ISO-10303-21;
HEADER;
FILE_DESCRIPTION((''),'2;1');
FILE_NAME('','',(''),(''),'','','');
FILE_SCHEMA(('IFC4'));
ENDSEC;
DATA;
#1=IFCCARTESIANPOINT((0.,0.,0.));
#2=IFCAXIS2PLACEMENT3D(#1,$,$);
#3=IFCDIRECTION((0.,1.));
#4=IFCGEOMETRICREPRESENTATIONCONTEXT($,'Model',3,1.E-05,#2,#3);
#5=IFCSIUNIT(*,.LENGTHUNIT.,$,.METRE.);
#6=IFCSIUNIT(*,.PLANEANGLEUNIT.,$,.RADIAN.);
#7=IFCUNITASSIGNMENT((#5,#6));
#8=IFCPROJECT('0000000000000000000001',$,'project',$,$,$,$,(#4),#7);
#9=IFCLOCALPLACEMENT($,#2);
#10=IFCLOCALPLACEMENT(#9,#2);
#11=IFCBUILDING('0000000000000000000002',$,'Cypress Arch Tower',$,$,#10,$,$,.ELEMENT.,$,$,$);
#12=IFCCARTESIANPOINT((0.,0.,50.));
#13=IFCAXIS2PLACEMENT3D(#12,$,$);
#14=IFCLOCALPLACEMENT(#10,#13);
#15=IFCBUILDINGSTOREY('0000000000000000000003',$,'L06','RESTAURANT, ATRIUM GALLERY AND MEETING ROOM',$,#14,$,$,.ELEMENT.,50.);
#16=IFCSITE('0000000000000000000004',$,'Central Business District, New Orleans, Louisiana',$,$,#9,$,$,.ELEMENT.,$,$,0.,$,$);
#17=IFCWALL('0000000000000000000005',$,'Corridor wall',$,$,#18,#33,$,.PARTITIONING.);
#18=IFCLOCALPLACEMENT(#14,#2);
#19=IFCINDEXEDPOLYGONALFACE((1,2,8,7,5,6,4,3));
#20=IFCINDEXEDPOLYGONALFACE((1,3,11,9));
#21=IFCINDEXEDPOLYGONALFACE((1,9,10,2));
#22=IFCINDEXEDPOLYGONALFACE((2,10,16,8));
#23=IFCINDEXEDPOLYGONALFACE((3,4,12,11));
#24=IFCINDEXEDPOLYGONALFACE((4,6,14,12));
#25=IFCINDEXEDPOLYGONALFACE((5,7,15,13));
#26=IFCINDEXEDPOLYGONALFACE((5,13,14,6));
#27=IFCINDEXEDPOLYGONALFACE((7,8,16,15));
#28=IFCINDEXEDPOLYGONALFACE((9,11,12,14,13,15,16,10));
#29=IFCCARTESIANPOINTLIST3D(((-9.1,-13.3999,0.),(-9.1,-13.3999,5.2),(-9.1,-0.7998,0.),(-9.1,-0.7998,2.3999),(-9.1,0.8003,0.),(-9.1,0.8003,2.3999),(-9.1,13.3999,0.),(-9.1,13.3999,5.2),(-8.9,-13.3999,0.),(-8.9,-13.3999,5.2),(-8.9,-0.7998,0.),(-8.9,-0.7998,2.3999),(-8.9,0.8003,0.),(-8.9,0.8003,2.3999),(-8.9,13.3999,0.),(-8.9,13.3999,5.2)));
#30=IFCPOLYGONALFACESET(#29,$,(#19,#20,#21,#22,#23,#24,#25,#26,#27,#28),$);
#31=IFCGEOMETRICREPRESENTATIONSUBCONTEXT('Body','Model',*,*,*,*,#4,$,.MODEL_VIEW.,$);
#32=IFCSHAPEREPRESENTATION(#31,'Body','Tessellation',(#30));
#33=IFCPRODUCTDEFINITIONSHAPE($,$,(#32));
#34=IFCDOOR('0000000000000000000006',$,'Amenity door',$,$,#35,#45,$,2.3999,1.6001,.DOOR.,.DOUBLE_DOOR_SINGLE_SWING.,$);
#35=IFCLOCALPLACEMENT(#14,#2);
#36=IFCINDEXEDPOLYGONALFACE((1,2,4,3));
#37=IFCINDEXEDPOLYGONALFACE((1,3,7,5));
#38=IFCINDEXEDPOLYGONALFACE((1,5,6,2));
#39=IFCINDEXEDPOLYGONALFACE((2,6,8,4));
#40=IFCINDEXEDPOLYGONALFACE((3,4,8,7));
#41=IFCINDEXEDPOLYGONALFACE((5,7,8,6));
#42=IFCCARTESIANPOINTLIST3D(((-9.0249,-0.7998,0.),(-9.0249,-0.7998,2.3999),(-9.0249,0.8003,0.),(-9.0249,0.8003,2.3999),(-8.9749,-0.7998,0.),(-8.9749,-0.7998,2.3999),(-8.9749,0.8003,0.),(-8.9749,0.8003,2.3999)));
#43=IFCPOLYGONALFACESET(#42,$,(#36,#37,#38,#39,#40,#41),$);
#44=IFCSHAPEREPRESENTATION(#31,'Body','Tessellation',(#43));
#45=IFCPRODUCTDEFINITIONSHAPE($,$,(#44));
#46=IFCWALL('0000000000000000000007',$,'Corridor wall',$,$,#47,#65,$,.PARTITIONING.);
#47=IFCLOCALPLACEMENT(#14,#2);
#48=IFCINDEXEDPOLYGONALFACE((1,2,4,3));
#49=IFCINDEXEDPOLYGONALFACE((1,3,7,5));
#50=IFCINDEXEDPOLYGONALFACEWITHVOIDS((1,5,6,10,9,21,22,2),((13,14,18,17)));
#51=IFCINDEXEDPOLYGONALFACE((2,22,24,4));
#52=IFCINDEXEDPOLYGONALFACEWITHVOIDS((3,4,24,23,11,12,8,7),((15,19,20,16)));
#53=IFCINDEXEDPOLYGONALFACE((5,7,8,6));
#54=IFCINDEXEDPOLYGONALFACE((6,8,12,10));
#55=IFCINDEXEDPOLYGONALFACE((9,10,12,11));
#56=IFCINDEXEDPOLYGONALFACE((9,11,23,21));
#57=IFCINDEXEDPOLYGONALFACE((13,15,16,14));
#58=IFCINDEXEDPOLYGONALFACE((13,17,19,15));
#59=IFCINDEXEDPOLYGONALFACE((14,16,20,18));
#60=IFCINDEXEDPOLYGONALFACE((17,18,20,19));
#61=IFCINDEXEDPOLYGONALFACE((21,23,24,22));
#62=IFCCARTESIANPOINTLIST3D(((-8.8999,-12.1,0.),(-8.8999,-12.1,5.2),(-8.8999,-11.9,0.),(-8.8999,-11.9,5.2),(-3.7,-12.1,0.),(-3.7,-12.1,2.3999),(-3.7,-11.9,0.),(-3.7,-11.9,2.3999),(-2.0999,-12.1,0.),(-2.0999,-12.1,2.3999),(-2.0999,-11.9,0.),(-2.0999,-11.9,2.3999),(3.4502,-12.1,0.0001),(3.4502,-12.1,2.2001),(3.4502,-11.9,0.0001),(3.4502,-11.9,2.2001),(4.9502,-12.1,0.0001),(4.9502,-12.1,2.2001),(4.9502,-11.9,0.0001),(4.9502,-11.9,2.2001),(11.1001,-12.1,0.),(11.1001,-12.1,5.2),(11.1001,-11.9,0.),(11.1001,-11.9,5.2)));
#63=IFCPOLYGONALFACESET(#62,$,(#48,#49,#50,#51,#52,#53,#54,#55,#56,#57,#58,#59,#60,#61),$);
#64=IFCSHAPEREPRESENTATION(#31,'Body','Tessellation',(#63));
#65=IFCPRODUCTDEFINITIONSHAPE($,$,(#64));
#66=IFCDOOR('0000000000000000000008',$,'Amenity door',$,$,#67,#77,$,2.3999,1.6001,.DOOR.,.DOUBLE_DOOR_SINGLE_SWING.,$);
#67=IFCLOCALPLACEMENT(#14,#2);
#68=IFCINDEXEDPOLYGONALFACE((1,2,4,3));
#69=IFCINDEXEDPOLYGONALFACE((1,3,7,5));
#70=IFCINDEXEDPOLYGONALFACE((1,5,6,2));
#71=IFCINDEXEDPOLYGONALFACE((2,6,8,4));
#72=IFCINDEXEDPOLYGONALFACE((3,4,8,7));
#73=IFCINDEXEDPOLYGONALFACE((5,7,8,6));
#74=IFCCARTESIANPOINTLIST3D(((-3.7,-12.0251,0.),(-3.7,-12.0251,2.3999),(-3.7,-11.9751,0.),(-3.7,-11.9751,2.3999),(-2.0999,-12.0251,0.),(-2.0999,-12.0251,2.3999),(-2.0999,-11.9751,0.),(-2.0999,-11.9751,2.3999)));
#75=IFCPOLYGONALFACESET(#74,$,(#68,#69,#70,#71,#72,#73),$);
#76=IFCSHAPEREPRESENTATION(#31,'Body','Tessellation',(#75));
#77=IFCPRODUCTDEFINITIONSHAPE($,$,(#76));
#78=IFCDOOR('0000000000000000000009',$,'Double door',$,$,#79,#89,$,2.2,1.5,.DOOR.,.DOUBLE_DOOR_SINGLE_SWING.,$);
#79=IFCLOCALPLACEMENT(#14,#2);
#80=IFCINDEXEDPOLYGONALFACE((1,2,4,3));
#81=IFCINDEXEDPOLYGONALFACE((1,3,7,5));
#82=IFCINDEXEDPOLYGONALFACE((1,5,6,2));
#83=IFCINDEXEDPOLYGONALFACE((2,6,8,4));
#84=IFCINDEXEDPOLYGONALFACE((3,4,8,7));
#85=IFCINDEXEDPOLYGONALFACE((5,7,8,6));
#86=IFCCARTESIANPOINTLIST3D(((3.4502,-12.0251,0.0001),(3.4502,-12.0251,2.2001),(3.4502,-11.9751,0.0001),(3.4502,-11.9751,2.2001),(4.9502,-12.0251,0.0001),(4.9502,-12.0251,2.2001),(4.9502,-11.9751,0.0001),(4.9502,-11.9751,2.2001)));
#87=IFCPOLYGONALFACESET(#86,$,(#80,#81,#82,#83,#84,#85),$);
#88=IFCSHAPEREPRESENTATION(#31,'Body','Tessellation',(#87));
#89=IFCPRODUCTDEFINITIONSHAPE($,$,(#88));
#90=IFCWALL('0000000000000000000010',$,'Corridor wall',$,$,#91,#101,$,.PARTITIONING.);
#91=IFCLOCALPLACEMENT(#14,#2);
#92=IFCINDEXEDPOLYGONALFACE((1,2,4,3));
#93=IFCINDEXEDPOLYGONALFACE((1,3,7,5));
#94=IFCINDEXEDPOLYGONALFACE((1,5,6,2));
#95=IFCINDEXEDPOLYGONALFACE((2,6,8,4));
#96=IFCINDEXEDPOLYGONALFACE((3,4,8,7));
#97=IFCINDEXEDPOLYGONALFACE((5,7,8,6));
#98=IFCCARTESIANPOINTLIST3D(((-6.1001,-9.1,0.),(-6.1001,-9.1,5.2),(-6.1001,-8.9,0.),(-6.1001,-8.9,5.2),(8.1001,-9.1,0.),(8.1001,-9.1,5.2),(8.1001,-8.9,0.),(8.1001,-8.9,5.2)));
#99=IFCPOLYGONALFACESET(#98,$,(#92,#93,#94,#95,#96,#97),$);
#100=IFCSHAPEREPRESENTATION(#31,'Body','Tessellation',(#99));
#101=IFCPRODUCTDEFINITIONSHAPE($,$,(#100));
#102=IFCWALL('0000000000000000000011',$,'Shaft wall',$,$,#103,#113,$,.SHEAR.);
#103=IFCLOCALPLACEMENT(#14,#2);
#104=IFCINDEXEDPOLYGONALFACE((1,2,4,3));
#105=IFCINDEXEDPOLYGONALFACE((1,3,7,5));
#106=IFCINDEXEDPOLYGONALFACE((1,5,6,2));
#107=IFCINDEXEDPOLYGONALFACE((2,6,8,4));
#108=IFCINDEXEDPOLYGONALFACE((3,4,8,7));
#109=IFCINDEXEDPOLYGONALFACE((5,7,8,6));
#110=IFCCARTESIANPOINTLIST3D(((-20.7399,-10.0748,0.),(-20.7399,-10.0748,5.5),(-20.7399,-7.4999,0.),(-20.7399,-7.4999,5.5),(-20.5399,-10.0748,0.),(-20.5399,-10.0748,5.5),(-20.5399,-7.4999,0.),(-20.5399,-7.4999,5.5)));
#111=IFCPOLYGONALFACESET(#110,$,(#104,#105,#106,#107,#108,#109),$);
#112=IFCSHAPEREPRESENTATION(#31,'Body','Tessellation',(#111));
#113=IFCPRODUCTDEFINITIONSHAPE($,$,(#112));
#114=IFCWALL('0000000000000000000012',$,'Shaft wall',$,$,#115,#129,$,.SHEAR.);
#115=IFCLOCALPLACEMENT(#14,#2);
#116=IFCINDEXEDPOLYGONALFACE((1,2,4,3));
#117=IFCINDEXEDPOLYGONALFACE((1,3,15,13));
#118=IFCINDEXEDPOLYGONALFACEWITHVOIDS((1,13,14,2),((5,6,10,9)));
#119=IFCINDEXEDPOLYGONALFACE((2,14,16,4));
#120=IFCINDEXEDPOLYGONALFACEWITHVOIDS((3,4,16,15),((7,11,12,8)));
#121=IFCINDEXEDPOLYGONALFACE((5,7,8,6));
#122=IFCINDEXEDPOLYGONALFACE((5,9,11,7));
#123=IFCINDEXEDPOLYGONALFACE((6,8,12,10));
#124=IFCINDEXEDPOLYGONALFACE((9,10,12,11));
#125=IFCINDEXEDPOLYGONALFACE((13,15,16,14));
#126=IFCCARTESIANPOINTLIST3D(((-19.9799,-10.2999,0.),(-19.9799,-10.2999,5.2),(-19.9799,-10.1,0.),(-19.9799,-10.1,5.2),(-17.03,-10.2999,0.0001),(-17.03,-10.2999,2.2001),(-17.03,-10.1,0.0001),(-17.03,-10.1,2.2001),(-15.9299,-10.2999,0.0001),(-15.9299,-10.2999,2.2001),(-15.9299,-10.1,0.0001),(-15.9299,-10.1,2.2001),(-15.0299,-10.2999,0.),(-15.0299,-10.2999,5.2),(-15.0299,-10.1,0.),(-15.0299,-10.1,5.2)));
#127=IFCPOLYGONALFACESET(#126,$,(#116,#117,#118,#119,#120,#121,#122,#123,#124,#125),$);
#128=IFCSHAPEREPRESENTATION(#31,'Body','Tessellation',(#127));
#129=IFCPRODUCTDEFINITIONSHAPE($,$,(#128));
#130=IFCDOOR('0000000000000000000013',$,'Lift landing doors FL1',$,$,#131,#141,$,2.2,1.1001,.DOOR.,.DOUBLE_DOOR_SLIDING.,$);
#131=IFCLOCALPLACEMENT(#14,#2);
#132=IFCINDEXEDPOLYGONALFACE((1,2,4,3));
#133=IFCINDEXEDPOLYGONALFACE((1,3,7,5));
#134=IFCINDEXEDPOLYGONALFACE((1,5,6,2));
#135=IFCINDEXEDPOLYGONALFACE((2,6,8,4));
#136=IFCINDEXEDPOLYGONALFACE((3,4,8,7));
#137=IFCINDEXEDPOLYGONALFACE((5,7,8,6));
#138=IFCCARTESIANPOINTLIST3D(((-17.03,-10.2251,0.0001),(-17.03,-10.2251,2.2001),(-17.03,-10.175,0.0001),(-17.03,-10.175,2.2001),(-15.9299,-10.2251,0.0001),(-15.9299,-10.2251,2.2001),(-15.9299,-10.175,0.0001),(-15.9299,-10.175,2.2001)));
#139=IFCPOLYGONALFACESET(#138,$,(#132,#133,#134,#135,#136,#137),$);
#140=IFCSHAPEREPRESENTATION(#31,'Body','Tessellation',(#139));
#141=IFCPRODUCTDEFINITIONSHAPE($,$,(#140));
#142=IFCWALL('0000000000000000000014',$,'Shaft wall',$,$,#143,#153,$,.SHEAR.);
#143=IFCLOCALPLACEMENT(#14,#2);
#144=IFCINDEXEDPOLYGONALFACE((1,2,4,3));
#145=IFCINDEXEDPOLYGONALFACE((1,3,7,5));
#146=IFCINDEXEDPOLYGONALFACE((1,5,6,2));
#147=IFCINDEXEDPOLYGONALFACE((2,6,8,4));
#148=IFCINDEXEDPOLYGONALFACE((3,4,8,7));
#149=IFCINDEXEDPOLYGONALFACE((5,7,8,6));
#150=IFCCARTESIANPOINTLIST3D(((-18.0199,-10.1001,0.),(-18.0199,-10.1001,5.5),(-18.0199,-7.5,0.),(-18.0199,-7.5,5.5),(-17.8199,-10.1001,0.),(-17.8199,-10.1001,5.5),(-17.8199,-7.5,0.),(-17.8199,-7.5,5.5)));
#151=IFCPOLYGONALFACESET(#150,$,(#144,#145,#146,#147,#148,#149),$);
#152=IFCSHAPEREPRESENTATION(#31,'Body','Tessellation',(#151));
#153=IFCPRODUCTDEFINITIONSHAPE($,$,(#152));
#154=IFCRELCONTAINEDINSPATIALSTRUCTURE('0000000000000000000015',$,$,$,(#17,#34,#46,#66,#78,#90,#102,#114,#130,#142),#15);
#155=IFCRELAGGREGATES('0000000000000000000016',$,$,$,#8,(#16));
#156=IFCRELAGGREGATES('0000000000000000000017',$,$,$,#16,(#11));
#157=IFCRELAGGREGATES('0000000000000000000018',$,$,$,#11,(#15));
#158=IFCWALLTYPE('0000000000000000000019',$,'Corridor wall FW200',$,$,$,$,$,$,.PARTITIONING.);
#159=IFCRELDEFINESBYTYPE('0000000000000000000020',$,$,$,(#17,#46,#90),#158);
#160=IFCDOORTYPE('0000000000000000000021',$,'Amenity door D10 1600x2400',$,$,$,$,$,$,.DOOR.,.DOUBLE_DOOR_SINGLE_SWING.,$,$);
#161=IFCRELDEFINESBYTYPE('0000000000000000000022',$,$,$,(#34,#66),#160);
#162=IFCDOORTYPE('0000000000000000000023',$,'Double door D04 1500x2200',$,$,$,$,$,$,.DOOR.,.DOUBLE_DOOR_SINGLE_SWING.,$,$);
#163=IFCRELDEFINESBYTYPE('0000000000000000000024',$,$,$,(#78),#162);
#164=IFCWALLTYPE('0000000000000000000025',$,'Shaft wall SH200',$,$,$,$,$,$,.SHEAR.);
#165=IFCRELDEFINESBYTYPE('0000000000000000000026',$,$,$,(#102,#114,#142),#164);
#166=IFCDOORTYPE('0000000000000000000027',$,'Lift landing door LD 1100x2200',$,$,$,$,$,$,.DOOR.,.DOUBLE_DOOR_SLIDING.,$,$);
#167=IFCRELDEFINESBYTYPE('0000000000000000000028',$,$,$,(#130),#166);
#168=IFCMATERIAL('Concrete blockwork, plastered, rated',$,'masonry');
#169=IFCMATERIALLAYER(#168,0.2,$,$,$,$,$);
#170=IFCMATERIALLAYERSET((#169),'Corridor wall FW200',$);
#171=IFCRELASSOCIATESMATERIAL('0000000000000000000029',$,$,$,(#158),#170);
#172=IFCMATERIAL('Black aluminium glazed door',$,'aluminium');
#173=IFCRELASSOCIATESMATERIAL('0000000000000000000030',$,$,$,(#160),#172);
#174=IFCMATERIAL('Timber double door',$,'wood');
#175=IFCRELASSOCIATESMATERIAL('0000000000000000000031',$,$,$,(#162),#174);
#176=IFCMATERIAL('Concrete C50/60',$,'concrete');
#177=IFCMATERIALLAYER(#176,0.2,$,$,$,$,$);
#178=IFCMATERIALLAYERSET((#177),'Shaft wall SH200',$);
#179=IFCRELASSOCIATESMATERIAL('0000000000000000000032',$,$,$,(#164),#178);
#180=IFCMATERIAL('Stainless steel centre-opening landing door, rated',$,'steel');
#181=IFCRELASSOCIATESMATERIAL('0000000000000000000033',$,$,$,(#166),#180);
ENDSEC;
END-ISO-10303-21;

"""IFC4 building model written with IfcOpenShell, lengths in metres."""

from ifc_helpers import new_model, si_unit, direction, frame, frame_2d, origin, place, context, subcontext, project, spatial, rectangle, extrude, material, layer, layer_set, type_object, element, fill, save


model = new_model("IFC4")

# Units and contexts
model_context = context("Model", 3, precision=1e-05, world=origin(), true_north=direction((0.0, 1.0)))
body_context = subcontext(model_context, "Body", "Model", "MODEL_VIEW")
ifc_project = project(units=[si_unit("LENGTHUNIT", "METRE"), si_unit("PLANEANGLEUNIT", "RADIAN")], contexts=[model_context])

# Site, building, storey
site_placement = place(None, origin())
site = spatial("IfcSite", under=ifc_project, at=site_placement, Name="Central Business District, New Orleans, Louisiana", CompositionType="ELEMENT", RefElevation=0.0)
building_placement = place(site_placement, origin())
building = spatial("IfcBuilding", under=site, at=building_placement, Name="Cypress Arch Tower", CompositionType="ELEMENT")
storey_placement = place(building_placement, frame((0.0, 0.0, 50.0)))
storey = spatial("IfcBuildingStorey", under=building, at=storey_placement, Name="L06", Description="RESTAURANT, ATRIUM GALLERY AND MEETING ROOM", CompositionType="ELEMENT", Elevation=50.0)

# Shared definitions
ifc_material_1 = material(Name="Concrete blockwork, plastered, rated", Category="masonry")
ifc_layer_1 = layer(ifc_material_1, 0.2)
ifc_layer_set_1 = layer_set([ifc_layer_1], Name="Corridor wall FW200")
wall_type_1 = type_object("IfcWallType", Name="Corridor wall FW200", PredefinedType="PARTITIONING", material=ifc_layer_set_1)

# Wall, opening, door
wall_1_placement = place(storey_placement, frame((-9.0, -13.3999, 0.0), z_axis=(0.0, 0.0, 1.0), x_axis=(0.0, 1.0, 0.0)))
wall_1 = element("IfcWall", 1, at=wall_1_placement, inside=storey, type_object=wall_type_1, Name="Corridor wall", PredefinedType="PARTITIONING", context=body_context, shape_type="SweptSolid", body=[
    extrude(rectangle(XDim=26.7998, YDim=0.2, at=frame_2d((13.3999, 0.0))), origin(), (0.0, 0.0, 1.0), 5.2),
])
opening_1_placement = place(wall_1_placement, frame((12.6001, 0.0, 0.0)))
opening_1 = element("IfcOpeningElement", 2, at=opening_1_placement, cuts=wall_1, PredefinedType="OPENING", context=body_context, shape_type="SweptSolid", body=[
    extrude(rectangle(XDim=1.6001, YDim=2.3999, at=frame_2d((0.8, 1.2))), frame((0.0, 0.1099, 0.0), z_axis=(0.0, -1.0, 0.0), x_axis=(1.0, 0.0, 0.0)), (0.0, 0.0, 1.0), 0.22),
])
ifc_material_2 = material(Name="Black aluminium glazed door", Category="aluminium")
door_type_1 = type_object("IfcDoorType", Name="Amenity door D10 1600x2400", OperationType="DOUBLE_DOOR_SINGLE_SWING", PredefinedType="DOOR", material=ifc_material_2)
door_1_placement = place(opening_1_placement, origin())
door_1 = element("IfcDoor", 3, at=door_1_placement, inside=storey, type_object=door_type_1, Name="Amenity door", OperationType="DOUBLE_DOOR_SINGLE_SWING", OverallHeight=2.3999, OverallWidth=1.6001, PredefinedType="DOOR", context=body_context, shape_type="SweptSolid", body=[
    extrude(rectangle(XDim=1.6001, YDim=2.3999, at=frame_2d((0.8, 1.2))), frame((0.0, 0.0249, 0.0), z_axis=(0.0, -1.0, 0.0), x_axis=(1.0, 0.0, 0.0)), (0.0, 0.0, 1.0), 0.05),
])
fill(opening_1, door_1)

# Wall, openings, doors
wall_2_placement = place(storey_placement, frame((-8.8999, -12.0, 0.0), z_axis=(0.0, 0.0, 1.0), x_axis=(1.0, 0.0, 0.0)))
wall_2 = element("IfcWall", 4, at=wall_2_placement, inside=storey, type_object=wall_type_1, Name="Corridor wall", PredefinedType="PARTITIONING", context=body_context, shape_type="SweptSolid", body=[
    extrude(rectangle(XDim=20.0, YDim=0.2, at=frame_2d((10.0, 0.0))), origin(), (0.0, 0.0, 1.0), 5.2),
])
opening_2_placement = place(wall_2_placement, frame((5.2, 0.0, 0.0)))
opening_2 = element("IfcOpeningElement", 5, at=opening_2_placement, cuts=wall_2, PredefinedType="OPENING", context=body_context, shape_type="SweptSolid", body=[
    extrude(rectangle(XDim=1.6001, YDim=2.3999, at=frame_2d((0.8, 1.2))), frame((0.0, 0.1099, 0.0), z_axis=(0.0, -1.0, 0.0), x_axis=(1.0, 0.0, 0.0)), (0.0, 0.0, 1.0), 0.22),
])
opening_3_placement = place(wall_2_placement, frame((12.3501, 0.0, 0.0)))
opening_3 = element("IfcOpeningElement", 6, at=opening_3_placement, cuts=wall_2, PredefinedType="OPENING", context=body_context, shape_type="SweptSolid", body=[
    extrude(rectangle(XDim=1.5, YDim=2.2, at=frame_2d((0.75, 1.1001))), frame((0.0, 0.1099, 0.0), z_axis=(0.0, -1.0, 0.0), x_axis=(1.0, 0.0, 0.0)), (0.0, 0.0, 1.0), 0.22),
])
door_2_placement = place(opening_2_placement, origin())
door_2 = element("IfcDoor", 7, at=door_2_placement, inside=storey, type_object=door_type_1, Name="Amenity door", OperationType="DOUBLE_DOOR_SINGLE_SWING", OverallHeight=2.3999, OverallWidth=1.6001, PredefinedType="DOOR", context=body_context, shape_type="SweptSolid", body=[
    extrude(rectangle(XDim=1.6001, YDim=2.3999, at=frame_2d((0.8, 1.2))), frame((0.0, 0.0249, 0.0), z_axis=(0.0, -1.0, 0.0), x_axis=(1.0, 0.0, 0.0)), (0.0, 0.0, 1.0), 0.05),
])
fill(opening_2, door_2)
ifc_material_3 = material(Name="Timber double door", Category="wood")
door_type_2 = type_object("IfcDoorType", Name="Double door D04 1500x2200", OperationType="DOUBLE_DOOR_SINGLE_SWING", PredefinedType="DOOR", material=ifc_material_3)
door_3_placement = place(opening_3_placement, origin())
door_3 = element("IfcDoor", 8, at=door_3_placement, inside=storey, type_object=door_type_2, Name="Double door", OperationType="DOUBLE_DOOR_SINGLE_SWING", OverallHeight=2.2, OverallWidth=1.5, PredefinedType="DOOR", context=body_context, shape_type="SweptSolid", body=[
    extrude(rectangle(XDim=1.5, YDim=2.2, at=frame_2d((0.75, 1.1001))), frame((0.0, 0.0249, 0.0), z_axis=(0.0, -1.0, 0.0), x_axis=(1.0, 0.0, 0.0)), (0.0, 0.0, 1.0), 0.05),
])
fill(opening_3, door_3)

# Walls
wall_3_placement = place(storey_placement, frame((-6.1001, -9.0, 0.0), z_axis=(0.0, 0.0, 1.0), x_axis=(1.0, 0.0, 0.0)))
element("IfcWall", 9, at=wall_3_placement, inside=storey, type_object=wall_type_1, Name="Corridor wall", PredefinedType="PARTITIONING", context=body_context, shape_type="SweptSolid", body=[
    extrude(rectangle(XDim=14.2002, YDim=0.2, at=frame_2d((7.1001, 0.0))), origin(), (0.0, 0.0, 1.0), 5.2),
])
ifc_material_4 = material(Name="Concrete C50/60", Category="concrete")
ifc_layer_2 = layer(ifc_material_4, 0.2)
ifc_layer_set_2 = layer_set([ifc_layer_2], Name="Shaft wall SH200")
wall_type_2 = type_object("IfcWallType", Name="Shaft wall SH200", PredefinedType="SHEAR", material=ifc_layer_set_2)
wall_4_placement = place(storey_placement, frame((-20.6399, -10.075, 0.0), z_axis=(0.0, 0.0, 1.0), x_axis=(0.0, 1.0, 0.0)))
element("IfcWall", 10, at=wall_4_placement, inside=storey, type_object=wall_type_2, Name="Shaft wall", PredefinedType="SHEAR", context=body_context, shape_type="SweptSolid", body=[
    extrude(rectangle(XDim=2.575, YDim=0.2, at=frame_2d((1.2876, 0.0))), origin(), (0.0, 0.0, 1.0), 5.5),
])

# Wall, opening, door
wall_5_placement = place(storey_placement, frame((-19.98, -10.2, 0.0), z_axis=(0.0, 0.0, 1.0), x_axis=(1.0, 0.0, 0.0)))
wall_5 = element("IfcWall", 11, at=wall_5_placement, inside=storey, type_object=wall_type_2, Name="Shaft wall", PredefinedType="SHEAR", context=body_context, shape_type="SweptSolid", body=[
    extrude(rectangle(XDim=4.95, YDim=0.2, at=frame_2d((2.4751, 0.0))), origin(), (0.0, 0.0, 1.0), 5.2),
])
opening_4_placement = place(wall_5_placement, frame((2.95, 0.0, 0.0)))
opening_4 = element("IfcOpeningElement", 12, at=opening_4_placement, cuts=wall_5, PredefinedType="OPENING", context=body_context, shape_type="SweptSolid", body=[
    extrude(rectangle(XDim=1.1001, YDim=2.2, at=frame_2d((0.55, 1.1001))), frame((0.0, 0.1099, 0.0), z_axis=(0.0, -1.0, 0.0), x_axis=(1.0, 0.0, 0.0)), (0.0, 0.0, 1.0), 0.22),
])
ifc_material_5 = material(Name="Stainless steel centre-opening landing door, rated", Category="steel")
door_type_3 = type_object("IfcDoorType", Name="Lift landing door LD 1100x2200", OperationType="DOUBLE_DOOR_SLIDING", PredefinedType="DOOR", material=ifc_material_5)
door_4_placement = place(opening_4_placement, origin())
door_4 = element("IfcDoor", 13, at=door_4_placement, inside=storey, type_object=door_type_3, Name="Lift landing doors FL1", OperationType="DOUBLE_DOOR_SLIDING", OverallHeight=2.2, OverallWidth=1.1001, PredefinedType="DOOR", context=body_context, shape_type="SweptSolid", body=[
    extrude(rectangle(XDim=1.1001, YDim=2.2, at=frame_2d((0.55, 1.1001))), frame((0.0, 0.0249, 0.0), z_axis=(0.0, -1.0, 0.0), x_axis=(1.0, 0.0, 0.0)), (0.0, 0.0, 1.0), 0.05),
])
fill(opening_4, door_4)

# Wall
wall_6_placement = place(storey_placement, frame((-17.9199, -10.1001, 0.0), z_axis=(0.0, 0.0, 1.0), x_axis=(0.0, 1.0, 0.0)))
element("IfcWall", 14, at=wall_6_placement, inside=storey, type_object=wall_type_2, Name="Shaft wall", PredefinedType="SHEAR", context=body_context, shape_type="SweptSolid", body=[
    extrude(rectangle(XDim=2.6001, YDim=0.2, at=frame_2d((1.3, 0.0))), origin(), (0.0, 0.0, 1.0), 5.5),
])

save(model, "model.ifc")
